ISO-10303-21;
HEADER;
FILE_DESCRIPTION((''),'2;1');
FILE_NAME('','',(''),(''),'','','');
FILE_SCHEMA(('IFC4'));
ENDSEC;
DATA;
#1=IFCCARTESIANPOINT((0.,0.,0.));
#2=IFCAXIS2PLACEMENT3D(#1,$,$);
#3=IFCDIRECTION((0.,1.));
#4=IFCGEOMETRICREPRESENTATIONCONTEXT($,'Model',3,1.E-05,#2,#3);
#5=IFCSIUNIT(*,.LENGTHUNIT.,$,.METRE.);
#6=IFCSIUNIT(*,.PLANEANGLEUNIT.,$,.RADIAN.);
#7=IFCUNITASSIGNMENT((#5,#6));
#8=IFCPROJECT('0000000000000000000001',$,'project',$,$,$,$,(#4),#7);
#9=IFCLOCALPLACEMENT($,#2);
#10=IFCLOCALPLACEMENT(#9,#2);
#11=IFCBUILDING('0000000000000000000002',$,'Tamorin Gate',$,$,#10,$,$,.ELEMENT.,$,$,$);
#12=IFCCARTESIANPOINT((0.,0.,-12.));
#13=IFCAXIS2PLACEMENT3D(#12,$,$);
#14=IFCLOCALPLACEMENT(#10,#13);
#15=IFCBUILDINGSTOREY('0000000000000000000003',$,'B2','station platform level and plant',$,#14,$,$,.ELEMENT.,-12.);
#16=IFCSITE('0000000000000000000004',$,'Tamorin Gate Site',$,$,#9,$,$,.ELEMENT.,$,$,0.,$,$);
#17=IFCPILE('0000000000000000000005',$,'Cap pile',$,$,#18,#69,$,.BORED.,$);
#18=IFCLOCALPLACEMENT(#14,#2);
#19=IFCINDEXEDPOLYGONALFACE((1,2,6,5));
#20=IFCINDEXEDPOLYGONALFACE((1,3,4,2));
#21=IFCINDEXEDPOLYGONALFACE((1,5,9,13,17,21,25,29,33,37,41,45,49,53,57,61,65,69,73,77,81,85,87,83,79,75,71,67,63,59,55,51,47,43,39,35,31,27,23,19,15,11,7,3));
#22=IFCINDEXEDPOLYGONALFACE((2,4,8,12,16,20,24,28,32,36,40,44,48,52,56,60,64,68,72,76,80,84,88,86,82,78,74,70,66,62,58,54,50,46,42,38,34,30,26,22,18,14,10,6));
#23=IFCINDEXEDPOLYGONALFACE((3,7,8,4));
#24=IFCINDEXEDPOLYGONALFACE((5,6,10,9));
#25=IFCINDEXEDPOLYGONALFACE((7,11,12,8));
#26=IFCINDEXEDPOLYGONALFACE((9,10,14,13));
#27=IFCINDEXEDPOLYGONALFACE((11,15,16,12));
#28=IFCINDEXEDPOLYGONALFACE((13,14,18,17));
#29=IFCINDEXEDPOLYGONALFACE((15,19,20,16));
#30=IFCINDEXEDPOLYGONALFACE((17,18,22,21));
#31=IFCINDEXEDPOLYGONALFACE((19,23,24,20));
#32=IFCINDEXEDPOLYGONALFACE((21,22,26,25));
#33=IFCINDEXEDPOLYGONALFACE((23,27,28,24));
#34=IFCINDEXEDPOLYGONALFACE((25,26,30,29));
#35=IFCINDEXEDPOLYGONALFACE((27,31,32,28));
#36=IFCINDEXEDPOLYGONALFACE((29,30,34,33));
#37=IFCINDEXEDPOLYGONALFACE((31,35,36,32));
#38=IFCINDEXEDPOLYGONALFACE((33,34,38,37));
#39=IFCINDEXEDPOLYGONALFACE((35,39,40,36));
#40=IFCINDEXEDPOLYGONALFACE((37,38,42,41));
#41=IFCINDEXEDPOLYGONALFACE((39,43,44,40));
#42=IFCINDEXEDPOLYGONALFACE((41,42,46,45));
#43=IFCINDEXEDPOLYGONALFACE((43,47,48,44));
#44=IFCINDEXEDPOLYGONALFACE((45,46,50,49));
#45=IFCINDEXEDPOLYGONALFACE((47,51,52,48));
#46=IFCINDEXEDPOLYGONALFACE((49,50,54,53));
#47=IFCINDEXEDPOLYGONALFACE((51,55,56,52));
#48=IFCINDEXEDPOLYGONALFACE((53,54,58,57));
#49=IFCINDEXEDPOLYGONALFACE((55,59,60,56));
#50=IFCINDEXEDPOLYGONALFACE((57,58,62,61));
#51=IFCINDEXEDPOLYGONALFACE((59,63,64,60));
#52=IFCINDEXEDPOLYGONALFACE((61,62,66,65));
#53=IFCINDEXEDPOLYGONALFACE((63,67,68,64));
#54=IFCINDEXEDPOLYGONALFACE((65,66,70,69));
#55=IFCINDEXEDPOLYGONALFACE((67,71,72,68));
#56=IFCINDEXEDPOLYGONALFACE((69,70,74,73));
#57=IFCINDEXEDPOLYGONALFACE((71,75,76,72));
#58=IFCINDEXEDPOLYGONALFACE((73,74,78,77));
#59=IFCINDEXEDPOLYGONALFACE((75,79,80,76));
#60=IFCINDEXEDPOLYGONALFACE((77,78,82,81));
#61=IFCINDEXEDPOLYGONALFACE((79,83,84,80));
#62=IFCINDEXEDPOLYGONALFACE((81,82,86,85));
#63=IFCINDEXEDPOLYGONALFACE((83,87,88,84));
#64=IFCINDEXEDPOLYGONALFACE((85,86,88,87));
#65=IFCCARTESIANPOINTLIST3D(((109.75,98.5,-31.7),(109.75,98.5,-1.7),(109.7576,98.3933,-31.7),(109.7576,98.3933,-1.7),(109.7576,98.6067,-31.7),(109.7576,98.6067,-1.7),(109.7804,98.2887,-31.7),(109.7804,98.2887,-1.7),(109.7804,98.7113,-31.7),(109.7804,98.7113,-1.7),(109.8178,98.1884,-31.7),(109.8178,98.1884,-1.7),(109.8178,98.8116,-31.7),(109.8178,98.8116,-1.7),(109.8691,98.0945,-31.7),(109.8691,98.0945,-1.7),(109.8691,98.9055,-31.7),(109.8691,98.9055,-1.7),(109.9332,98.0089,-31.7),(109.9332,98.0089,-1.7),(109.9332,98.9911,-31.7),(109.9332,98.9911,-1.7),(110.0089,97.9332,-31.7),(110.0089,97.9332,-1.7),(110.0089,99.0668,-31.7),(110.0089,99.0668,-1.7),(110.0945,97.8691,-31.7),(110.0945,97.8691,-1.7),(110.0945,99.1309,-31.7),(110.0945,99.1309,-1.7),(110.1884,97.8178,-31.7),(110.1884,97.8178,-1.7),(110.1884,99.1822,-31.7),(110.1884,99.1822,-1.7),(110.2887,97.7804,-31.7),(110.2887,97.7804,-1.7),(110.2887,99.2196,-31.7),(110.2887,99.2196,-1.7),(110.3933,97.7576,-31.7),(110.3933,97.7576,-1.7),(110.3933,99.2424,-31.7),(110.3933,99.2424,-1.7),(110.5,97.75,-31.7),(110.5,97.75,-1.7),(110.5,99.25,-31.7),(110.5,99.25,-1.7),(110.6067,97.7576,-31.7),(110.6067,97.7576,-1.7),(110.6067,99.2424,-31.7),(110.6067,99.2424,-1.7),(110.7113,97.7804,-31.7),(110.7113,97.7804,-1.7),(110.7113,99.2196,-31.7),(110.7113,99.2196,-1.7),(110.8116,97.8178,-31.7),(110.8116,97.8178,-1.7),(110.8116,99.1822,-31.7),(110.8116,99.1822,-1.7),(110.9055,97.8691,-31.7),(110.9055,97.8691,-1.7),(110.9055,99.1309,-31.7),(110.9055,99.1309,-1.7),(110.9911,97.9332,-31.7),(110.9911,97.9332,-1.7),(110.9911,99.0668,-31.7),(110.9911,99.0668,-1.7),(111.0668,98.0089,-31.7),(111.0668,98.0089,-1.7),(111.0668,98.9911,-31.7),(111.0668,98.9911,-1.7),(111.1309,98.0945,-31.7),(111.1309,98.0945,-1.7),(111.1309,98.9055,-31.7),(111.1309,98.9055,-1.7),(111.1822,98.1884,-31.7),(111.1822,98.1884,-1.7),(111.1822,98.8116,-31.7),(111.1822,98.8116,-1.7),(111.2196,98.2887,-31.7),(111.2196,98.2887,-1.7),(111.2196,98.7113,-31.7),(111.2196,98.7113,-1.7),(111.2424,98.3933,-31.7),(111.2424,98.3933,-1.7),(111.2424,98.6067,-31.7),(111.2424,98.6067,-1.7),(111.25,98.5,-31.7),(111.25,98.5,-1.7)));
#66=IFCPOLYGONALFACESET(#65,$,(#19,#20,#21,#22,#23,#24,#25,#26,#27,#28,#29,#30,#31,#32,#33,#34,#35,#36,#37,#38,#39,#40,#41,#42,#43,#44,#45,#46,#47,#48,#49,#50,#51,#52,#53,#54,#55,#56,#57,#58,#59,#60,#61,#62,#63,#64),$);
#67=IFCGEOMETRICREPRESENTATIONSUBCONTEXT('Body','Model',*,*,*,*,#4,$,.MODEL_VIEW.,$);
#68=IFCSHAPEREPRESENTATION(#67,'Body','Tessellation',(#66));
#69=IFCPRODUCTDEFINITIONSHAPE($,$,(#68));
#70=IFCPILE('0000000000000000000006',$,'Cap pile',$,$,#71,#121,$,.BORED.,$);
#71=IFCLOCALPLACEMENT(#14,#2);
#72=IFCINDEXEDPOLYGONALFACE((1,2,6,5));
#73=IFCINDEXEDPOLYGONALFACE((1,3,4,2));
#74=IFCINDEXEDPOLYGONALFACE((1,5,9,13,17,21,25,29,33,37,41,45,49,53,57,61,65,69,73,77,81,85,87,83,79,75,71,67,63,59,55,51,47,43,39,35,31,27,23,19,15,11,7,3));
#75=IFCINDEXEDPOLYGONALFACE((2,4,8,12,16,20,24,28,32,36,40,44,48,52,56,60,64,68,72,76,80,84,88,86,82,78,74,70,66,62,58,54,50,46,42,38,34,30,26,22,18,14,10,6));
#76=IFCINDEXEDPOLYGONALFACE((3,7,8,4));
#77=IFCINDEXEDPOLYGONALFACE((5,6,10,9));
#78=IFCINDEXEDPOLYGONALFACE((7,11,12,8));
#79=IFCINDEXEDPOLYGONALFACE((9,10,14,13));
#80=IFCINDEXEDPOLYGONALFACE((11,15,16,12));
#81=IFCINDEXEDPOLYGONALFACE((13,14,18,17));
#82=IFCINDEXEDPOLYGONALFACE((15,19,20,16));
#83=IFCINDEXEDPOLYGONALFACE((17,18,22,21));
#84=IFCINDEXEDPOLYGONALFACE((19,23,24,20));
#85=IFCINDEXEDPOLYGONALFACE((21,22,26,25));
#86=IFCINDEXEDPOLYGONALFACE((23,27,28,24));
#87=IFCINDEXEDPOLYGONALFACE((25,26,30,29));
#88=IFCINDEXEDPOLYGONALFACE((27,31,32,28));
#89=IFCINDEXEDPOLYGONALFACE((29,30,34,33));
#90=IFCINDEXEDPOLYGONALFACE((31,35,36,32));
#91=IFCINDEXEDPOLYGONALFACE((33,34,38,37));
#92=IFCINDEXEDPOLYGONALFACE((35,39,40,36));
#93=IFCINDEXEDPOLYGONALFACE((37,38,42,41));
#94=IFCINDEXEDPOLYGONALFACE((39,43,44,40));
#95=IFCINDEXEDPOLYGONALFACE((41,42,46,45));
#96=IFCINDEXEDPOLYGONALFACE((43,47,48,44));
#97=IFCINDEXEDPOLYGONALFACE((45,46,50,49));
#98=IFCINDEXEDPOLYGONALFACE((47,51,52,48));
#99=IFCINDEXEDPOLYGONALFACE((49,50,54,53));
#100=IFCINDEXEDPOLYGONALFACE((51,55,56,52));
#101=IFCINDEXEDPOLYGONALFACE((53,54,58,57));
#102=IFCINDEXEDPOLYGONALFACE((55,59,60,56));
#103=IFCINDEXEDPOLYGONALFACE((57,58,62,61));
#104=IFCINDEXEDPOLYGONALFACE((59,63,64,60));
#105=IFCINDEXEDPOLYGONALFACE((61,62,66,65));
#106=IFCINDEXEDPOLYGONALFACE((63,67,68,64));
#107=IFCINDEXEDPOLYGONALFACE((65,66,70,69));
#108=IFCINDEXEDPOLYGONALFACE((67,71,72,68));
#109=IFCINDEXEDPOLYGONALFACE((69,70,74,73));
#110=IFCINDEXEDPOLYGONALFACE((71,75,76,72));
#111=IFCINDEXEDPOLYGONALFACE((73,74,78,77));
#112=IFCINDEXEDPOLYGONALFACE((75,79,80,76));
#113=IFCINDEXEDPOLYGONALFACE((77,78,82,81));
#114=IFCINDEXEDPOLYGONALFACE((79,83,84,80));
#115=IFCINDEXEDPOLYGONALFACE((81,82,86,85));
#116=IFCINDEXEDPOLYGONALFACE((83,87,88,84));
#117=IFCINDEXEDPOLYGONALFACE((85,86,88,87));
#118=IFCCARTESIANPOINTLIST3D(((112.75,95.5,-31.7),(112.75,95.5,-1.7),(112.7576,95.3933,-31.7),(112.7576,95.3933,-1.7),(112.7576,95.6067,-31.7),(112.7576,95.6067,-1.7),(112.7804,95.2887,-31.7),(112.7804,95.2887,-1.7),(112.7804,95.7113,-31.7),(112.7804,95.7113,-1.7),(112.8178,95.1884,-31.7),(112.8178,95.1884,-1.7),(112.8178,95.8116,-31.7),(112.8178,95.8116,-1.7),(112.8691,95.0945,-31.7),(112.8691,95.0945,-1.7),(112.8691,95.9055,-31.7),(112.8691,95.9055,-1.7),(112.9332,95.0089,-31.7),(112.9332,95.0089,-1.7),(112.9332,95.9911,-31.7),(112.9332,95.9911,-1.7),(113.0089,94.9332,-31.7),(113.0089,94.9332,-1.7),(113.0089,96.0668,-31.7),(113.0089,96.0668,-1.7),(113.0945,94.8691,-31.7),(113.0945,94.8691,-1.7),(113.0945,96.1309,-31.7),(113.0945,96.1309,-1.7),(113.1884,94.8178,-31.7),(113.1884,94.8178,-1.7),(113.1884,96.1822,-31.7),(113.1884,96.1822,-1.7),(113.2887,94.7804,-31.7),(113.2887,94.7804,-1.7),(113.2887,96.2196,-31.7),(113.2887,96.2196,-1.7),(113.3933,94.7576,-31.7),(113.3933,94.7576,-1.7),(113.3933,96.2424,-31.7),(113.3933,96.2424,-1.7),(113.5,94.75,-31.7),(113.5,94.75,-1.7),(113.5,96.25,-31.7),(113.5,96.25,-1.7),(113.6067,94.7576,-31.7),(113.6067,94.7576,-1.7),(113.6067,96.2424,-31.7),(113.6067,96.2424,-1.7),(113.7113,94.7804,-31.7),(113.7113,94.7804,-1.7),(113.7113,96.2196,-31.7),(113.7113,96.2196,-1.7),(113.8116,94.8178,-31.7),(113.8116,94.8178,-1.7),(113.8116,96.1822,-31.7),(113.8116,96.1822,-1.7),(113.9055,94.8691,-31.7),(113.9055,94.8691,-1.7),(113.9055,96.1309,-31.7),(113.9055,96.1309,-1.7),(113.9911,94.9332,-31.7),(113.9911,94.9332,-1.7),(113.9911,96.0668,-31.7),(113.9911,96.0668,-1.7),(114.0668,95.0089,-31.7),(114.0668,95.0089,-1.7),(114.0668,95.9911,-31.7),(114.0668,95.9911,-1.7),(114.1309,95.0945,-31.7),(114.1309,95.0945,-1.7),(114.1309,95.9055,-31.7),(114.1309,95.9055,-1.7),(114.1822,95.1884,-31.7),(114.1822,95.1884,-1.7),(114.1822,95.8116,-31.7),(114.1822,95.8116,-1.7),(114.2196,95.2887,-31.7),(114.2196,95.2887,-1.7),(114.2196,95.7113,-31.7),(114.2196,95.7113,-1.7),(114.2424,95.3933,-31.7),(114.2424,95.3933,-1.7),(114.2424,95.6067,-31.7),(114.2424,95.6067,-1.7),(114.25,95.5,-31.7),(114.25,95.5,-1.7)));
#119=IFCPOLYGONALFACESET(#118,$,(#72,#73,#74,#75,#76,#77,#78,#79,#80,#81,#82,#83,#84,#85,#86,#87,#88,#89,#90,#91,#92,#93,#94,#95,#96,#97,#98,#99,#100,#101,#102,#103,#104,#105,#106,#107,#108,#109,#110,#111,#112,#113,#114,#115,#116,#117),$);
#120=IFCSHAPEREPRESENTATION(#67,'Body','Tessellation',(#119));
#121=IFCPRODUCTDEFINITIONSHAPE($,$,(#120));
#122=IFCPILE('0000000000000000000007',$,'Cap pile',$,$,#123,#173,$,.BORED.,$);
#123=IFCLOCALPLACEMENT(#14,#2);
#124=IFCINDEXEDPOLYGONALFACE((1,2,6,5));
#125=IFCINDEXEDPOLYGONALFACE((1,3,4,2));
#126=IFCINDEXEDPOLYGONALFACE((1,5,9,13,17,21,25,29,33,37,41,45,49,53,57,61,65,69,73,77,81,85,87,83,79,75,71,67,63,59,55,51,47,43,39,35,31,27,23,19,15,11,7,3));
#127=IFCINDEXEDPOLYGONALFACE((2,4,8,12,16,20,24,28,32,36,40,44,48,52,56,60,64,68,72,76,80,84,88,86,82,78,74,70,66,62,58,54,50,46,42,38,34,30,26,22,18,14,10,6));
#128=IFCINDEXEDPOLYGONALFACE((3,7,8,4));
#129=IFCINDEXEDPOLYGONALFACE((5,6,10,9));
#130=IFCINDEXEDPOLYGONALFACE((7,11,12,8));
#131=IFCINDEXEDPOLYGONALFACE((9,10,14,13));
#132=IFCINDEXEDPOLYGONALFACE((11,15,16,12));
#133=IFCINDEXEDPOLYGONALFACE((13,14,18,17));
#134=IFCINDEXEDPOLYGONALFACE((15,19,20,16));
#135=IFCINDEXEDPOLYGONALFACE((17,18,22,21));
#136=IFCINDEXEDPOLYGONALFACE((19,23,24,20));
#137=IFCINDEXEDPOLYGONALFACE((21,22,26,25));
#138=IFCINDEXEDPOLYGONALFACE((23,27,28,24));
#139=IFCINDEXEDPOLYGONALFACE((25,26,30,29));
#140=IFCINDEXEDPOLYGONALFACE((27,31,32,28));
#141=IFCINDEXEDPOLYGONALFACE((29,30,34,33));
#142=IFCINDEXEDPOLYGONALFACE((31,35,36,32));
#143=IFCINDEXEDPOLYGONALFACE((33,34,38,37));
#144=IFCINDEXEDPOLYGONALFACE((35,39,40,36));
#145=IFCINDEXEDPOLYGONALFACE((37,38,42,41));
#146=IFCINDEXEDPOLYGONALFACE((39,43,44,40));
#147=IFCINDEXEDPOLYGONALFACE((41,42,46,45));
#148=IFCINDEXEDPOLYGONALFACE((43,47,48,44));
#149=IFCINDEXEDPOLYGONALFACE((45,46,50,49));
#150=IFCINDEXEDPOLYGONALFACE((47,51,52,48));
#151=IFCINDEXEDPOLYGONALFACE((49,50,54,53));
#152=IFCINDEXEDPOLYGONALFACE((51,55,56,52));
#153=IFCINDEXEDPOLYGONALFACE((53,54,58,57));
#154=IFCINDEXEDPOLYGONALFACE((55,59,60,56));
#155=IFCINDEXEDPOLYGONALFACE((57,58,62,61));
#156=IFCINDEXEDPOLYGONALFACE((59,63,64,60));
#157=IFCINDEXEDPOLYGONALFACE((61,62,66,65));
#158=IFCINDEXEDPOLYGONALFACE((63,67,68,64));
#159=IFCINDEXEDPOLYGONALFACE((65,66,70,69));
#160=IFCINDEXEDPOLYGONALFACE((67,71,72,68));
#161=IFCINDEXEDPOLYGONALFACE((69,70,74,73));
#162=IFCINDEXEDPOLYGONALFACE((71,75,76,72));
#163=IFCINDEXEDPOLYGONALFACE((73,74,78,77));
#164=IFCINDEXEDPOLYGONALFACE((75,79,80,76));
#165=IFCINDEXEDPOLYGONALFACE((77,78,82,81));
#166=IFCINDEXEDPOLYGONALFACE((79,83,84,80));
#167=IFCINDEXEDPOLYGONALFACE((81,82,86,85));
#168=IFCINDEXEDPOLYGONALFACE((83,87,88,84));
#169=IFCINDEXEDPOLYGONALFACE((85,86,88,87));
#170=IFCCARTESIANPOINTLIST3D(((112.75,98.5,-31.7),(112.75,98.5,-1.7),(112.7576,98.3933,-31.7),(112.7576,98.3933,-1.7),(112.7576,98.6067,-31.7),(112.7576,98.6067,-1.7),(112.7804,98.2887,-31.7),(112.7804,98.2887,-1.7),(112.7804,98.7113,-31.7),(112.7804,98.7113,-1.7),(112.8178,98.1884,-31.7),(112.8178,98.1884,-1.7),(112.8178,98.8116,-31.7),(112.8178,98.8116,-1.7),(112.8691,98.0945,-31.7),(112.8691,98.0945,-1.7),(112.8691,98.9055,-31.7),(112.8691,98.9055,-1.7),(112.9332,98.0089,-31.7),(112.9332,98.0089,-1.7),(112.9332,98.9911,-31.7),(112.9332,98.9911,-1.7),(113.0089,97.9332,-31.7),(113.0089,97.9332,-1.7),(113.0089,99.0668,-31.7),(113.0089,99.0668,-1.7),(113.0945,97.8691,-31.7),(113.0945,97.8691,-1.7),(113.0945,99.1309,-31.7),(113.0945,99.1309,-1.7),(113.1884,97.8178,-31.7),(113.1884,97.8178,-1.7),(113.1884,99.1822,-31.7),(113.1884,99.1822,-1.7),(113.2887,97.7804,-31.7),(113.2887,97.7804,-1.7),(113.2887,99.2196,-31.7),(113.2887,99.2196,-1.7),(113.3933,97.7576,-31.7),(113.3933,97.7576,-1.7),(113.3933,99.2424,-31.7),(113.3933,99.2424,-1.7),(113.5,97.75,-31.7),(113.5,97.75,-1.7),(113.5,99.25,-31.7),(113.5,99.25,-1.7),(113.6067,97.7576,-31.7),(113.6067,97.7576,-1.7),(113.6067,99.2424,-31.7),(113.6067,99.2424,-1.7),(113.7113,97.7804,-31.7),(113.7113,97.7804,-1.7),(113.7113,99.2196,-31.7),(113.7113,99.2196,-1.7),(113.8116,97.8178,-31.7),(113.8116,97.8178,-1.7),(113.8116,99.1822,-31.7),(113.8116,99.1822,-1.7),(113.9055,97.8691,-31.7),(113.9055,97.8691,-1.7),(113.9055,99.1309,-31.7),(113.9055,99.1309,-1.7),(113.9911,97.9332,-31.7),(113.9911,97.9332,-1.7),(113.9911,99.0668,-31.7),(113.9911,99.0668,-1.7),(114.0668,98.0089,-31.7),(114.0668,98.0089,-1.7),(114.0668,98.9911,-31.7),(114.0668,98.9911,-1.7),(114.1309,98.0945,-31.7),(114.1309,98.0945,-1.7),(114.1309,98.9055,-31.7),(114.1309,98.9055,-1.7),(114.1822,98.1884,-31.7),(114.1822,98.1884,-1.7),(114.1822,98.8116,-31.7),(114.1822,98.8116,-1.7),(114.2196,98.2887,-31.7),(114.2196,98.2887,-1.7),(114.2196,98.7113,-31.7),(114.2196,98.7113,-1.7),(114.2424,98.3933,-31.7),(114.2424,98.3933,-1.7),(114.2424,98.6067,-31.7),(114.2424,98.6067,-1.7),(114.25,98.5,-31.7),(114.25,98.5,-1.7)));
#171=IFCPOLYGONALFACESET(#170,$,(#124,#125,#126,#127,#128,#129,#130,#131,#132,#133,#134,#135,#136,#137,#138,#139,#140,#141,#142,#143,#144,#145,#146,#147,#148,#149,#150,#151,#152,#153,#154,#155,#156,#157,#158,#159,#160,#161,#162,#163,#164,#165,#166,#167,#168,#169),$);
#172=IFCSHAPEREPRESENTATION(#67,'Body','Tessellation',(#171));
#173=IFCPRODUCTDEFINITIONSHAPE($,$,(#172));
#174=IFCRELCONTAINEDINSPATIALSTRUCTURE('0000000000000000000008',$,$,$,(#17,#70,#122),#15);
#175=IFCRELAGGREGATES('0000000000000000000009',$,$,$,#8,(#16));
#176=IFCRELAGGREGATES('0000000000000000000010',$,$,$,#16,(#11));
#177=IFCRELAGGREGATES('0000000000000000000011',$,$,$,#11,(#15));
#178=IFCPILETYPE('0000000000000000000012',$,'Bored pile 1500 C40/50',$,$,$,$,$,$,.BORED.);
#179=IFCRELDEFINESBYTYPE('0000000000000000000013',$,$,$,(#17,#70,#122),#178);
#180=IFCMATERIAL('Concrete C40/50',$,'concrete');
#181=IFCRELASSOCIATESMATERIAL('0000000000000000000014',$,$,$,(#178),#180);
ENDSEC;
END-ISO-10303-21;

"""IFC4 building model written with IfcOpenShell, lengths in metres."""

from ifc_helpers import new_model, si_unit, direction, frame, origin, origin_2d, place, context, subcontext, project, spatial, circle, extrude, material, material_profile, profile_set, type_object, element, save


model = new_model("IFC4")

# Units and contexts
model_context = context("Model", 3, precision=1e-05, world=origin(), true_north=direction((0.0, 1.0)))
body_context = subcontext(model_context, "Body", "Model", "MODEL_VIEW")
ifc_project = project(units=[si_unit("LENGTHUNIT", "METRE"), si_unit("PLANEANGLEUNIT", "RADIAN")], contexts=[model_context])

# Site, building, storey
site_placement = place(None, origin())
site = spatial("IfcSite", under=ifc_project, at=site_placement, Name="Tamorin Gate Site", CompositionType="ELEMENT", RefElevation=0.0)
building_placement = place(site_placement, origin())
building = spatial("IfcBuilding", under=site, at=building_placement, Name="Tamorin Gate", CompositionType="ELEMENT")
storey_placement = place(building_placement, frame((0.0, 0.0, -12.0)))
storey = spatial("IfcBuildingStorey", under=building, at=storey_placement, Name="B2", Description="station platform level and plant", CompositionType="ELEMENT", Elevation=-12.0)

# Piles
ifc_material_1 = material(Name="Concrete C40/50", Category="concrete")
ifc_material_profile_1 = material_profile(ifc_material_1, circle(Radius=0.75, at=origin_2d()))
ifc_profile_set_1 = profile_set([ifc_material_profile_1], Name="Concrete C40/50")
pile_type = type_object("IfcPileType", Name="Bored pile 1500 C40/50", PredefinedType="BORED", material=ifc_profile_set_1)
for number, where, z_axis, x_axis, name in (
    (1, (110.5, 98.5, -1.7), (0.0, 0.0, -1.0), (1.0, 0.0, 0.0), "Cap pile"),
    (2, (113.5, 95.5, -1.7), (0.0, 0.0, -1.0), (1.0, 0.0, 0.0), "Cap pile"),
    (3, (113.5, 98.5, -1.7), (0.0, 0.0, -1.0), (1.0, 0.0, 0.0), "Cap pile"),
):
    element("IfcPile", number, at=place(storey_placement, frame(where, z_axis=z_axis, x_axis=x_axis)), inside=storey, type_object=pile_type, Name=name, PredefinedType="BORED", context=body_context, shape_type="SweptSolid", body=[
        extrude(circle(Radius=0.75, at=origin_2d()), origin(), (0.0, 0.0, 1.0), 30.0),
    ])

save(model, "model.ifc")
